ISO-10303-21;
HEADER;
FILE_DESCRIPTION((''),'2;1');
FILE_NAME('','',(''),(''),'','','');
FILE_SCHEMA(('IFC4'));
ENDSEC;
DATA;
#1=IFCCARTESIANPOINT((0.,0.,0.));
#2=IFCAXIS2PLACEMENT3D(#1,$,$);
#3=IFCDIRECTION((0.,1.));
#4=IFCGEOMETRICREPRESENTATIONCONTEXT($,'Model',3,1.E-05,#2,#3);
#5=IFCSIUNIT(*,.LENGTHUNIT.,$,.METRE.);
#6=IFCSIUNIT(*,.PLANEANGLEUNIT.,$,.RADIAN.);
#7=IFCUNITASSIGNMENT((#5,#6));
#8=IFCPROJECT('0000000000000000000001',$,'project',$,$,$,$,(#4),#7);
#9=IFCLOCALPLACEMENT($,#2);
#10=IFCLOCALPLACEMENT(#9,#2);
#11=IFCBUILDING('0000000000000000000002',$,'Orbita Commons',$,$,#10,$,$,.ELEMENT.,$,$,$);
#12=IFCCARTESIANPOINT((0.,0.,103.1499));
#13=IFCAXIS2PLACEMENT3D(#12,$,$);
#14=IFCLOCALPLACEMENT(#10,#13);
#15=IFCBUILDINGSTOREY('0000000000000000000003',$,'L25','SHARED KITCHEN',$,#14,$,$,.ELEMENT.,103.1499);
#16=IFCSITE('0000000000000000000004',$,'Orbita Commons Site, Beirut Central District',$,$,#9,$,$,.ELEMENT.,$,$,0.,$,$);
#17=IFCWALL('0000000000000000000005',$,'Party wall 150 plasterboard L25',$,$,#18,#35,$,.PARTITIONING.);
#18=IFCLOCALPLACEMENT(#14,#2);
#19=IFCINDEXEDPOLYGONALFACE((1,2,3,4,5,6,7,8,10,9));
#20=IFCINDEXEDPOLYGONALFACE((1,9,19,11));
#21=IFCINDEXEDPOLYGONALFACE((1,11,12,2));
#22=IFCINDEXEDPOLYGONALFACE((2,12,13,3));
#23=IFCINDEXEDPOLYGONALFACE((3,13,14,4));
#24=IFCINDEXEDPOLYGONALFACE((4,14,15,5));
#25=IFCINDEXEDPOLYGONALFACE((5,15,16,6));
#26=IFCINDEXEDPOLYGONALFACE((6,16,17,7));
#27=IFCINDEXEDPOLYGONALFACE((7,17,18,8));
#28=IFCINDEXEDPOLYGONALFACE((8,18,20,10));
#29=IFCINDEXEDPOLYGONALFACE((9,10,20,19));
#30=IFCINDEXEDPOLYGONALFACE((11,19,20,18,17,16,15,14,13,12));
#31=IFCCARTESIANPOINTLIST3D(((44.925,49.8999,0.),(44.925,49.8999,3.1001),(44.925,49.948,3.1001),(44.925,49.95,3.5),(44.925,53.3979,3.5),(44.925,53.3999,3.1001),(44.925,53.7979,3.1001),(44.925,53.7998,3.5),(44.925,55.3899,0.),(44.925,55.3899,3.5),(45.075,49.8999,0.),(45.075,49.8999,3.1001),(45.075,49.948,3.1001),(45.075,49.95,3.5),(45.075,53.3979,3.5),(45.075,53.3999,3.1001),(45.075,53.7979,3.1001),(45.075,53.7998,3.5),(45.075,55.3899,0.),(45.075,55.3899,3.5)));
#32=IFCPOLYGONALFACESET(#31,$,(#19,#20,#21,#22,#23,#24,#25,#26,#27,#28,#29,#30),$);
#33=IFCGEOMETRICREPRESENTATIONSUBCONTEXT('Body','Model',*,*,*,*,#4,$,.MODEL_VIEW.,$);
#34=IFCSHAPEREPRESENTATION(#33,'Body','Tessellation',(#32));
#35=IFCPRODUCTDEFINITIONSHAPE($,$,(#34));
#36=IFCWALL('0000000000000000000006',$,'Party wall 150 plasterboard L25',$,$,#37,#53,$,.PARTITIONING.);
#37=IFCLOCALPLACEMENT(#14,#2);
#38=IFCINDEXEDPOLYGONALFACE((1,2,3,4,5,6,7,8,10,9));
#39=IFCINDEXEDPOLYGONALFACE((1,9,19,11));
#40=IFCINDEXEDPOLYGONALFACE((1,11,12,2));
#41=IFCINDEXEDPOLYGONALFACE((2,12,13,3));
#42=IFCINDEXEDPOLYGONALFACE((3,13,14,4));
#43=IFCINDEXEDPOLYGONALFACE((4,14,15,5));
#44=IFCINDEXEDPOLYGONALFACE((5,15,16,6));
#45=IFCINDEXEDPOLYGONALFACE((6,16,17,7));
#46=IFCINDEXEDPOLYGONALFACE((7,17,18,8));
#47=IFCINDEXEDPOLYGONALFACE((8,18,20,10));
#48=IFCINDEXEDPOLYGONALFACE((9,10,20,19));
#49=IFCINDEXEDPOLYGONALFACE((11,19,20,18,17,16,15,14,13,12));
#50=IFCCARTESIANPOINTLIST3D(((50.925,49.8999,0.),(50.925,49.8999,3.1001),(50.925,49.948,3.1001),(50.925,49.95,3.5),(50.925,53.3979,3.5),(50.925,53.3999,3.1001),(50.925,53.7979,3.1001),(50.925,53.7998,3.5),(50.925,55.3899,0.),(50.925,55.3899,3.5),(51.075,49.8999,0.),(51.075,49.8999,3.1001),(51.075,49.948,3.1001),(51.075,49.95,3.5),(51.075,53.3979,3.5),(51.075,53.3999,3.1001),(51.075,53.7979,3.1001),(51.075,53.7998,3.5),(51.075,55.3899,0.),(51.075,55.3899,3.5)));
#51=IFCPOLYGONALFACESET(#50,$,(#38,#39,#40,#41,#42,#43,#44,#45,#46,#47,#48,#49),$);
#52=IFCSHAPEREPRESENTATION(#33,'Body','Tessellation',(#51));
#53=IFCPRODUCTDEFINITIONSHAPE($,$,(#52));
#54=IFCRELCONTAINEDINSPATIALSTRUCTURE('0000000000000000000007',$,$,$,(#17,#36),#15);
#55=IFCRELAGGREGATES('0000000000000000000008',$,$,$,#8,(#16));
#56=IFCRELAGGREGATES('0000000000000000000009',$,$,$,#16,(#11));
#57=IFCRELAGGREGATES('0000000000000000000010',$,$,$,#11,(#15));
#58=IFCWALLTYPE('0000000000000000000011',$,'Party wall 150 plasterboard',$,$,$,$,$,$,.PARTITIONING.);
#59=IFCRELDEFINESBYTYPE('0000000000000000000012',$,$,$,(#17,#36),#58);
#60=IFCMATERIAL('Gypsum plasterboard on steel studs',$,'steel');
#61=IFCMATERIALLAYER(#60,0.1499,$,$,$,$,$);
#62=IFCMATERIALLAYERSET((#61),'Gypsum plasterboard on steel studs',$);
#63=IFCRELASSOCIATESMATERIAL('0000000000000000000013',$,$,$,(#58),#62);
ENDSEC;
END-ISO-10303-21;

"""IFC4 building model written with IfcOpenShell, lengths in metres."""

from ifc_helpers import new_model, si_unit, direction, frame, origin, place, context, subcontext, project, spatial, polyline, outline, extrude, material, layer, layer_set, type_object, element, save


model = new_model("IFC4")

# Units and contexts
model_context = context("Model", 3, precision=1e-05, world=origin(), true_north=direction((0.0, 1.0)))
body_context = subcontext(model_context, "Body", "Model", "MODEL_VIEW")
ifc_project = project(units=[si_unit("LENGTHUNIT", "METRE"), si_unit("PLANEANGLEUNIT", "RADIAN")], contexts=[model_context])

# Site, building, storey
site_placement = place(None, origin())
site = spatial("IfcSite", under=ifc_project, at=site_placement, Name="Orbita Commons Site, Beirut Central District", CompositionType="ELEMENT", RefElevation=0.0)
building_placement = place(site_placement, origin())
building = spatial("IfcBuilding", under=site, at=building_placement, Name="Orbita Commons", CompositionType="ELEMENT")
storey_placement = place(building_placement, frame((0.0, 0.0, 103.1499)))
storey = spatial("IfcBuildingStorey", under=building, at=storey_placement, Name="L25", Description="SHARED KITCHEN", CompositionType="ELEMENT", Elevation=103.1499)

# Walls
ifc_material_1 = material(Name="Gypsum plasterboard on steel studs", Category="steel")
ifc_layer_1 = layer(ifc_material_1, 0.1499)
ifc_layer_set_1 = layer_set([ifc_layer_1], Name="Gypsum plasterboard on steel studs")
wall_type_1 = type_object("IfcWallType", Name="Party wall 150 plasterboard", PredefinedType="PARTITIONING", material=ifc_layer_set_1)
for number, where, z_axis, x_axis, name in (
    (1, (45.0, 55.3899, 0.0), (0.0, 0.0, 1.0), (0.0, -1.0, 0.0), "Party wall 150 plasterboard L25"),
    (2, (51.0, 55.3899, 0.0), (0.0, 0.0, 1.0), (0.0, -1.0, 0.0), "Party wall 150 plasterboard L25"),
):
    element("IfcWall", number, at=place(storey_placement, frame(where, z_axis=z_axis, x_axis=x_axis)), inside=storey, type_object=wall_type_1, Name=name, PredefinedType="PARTITIONING", context=body_context, shape_type="SweptSolid", body=[
        extrude(outline(polyline([(0.0, 0.0), (5.49, 0.0), (5.49, 3.1001), (5.4419, 3.1001), (5.4399, 3.5), (1.9919, 3.5), (1.99, 3.1001), (1.592, 3.1001), (1.5901, 3.5), (0.0, 3.5), (0.0, 0.0)])), frame((0.0, 0.075, 0.0), z_axis=(0.0, -1.0, 0.0), x_axis=(1.0, 0.0, 0.0)), (0.0, 0.0, 1.0), 0.1499),
    ])

save(model, "model.ifc")
